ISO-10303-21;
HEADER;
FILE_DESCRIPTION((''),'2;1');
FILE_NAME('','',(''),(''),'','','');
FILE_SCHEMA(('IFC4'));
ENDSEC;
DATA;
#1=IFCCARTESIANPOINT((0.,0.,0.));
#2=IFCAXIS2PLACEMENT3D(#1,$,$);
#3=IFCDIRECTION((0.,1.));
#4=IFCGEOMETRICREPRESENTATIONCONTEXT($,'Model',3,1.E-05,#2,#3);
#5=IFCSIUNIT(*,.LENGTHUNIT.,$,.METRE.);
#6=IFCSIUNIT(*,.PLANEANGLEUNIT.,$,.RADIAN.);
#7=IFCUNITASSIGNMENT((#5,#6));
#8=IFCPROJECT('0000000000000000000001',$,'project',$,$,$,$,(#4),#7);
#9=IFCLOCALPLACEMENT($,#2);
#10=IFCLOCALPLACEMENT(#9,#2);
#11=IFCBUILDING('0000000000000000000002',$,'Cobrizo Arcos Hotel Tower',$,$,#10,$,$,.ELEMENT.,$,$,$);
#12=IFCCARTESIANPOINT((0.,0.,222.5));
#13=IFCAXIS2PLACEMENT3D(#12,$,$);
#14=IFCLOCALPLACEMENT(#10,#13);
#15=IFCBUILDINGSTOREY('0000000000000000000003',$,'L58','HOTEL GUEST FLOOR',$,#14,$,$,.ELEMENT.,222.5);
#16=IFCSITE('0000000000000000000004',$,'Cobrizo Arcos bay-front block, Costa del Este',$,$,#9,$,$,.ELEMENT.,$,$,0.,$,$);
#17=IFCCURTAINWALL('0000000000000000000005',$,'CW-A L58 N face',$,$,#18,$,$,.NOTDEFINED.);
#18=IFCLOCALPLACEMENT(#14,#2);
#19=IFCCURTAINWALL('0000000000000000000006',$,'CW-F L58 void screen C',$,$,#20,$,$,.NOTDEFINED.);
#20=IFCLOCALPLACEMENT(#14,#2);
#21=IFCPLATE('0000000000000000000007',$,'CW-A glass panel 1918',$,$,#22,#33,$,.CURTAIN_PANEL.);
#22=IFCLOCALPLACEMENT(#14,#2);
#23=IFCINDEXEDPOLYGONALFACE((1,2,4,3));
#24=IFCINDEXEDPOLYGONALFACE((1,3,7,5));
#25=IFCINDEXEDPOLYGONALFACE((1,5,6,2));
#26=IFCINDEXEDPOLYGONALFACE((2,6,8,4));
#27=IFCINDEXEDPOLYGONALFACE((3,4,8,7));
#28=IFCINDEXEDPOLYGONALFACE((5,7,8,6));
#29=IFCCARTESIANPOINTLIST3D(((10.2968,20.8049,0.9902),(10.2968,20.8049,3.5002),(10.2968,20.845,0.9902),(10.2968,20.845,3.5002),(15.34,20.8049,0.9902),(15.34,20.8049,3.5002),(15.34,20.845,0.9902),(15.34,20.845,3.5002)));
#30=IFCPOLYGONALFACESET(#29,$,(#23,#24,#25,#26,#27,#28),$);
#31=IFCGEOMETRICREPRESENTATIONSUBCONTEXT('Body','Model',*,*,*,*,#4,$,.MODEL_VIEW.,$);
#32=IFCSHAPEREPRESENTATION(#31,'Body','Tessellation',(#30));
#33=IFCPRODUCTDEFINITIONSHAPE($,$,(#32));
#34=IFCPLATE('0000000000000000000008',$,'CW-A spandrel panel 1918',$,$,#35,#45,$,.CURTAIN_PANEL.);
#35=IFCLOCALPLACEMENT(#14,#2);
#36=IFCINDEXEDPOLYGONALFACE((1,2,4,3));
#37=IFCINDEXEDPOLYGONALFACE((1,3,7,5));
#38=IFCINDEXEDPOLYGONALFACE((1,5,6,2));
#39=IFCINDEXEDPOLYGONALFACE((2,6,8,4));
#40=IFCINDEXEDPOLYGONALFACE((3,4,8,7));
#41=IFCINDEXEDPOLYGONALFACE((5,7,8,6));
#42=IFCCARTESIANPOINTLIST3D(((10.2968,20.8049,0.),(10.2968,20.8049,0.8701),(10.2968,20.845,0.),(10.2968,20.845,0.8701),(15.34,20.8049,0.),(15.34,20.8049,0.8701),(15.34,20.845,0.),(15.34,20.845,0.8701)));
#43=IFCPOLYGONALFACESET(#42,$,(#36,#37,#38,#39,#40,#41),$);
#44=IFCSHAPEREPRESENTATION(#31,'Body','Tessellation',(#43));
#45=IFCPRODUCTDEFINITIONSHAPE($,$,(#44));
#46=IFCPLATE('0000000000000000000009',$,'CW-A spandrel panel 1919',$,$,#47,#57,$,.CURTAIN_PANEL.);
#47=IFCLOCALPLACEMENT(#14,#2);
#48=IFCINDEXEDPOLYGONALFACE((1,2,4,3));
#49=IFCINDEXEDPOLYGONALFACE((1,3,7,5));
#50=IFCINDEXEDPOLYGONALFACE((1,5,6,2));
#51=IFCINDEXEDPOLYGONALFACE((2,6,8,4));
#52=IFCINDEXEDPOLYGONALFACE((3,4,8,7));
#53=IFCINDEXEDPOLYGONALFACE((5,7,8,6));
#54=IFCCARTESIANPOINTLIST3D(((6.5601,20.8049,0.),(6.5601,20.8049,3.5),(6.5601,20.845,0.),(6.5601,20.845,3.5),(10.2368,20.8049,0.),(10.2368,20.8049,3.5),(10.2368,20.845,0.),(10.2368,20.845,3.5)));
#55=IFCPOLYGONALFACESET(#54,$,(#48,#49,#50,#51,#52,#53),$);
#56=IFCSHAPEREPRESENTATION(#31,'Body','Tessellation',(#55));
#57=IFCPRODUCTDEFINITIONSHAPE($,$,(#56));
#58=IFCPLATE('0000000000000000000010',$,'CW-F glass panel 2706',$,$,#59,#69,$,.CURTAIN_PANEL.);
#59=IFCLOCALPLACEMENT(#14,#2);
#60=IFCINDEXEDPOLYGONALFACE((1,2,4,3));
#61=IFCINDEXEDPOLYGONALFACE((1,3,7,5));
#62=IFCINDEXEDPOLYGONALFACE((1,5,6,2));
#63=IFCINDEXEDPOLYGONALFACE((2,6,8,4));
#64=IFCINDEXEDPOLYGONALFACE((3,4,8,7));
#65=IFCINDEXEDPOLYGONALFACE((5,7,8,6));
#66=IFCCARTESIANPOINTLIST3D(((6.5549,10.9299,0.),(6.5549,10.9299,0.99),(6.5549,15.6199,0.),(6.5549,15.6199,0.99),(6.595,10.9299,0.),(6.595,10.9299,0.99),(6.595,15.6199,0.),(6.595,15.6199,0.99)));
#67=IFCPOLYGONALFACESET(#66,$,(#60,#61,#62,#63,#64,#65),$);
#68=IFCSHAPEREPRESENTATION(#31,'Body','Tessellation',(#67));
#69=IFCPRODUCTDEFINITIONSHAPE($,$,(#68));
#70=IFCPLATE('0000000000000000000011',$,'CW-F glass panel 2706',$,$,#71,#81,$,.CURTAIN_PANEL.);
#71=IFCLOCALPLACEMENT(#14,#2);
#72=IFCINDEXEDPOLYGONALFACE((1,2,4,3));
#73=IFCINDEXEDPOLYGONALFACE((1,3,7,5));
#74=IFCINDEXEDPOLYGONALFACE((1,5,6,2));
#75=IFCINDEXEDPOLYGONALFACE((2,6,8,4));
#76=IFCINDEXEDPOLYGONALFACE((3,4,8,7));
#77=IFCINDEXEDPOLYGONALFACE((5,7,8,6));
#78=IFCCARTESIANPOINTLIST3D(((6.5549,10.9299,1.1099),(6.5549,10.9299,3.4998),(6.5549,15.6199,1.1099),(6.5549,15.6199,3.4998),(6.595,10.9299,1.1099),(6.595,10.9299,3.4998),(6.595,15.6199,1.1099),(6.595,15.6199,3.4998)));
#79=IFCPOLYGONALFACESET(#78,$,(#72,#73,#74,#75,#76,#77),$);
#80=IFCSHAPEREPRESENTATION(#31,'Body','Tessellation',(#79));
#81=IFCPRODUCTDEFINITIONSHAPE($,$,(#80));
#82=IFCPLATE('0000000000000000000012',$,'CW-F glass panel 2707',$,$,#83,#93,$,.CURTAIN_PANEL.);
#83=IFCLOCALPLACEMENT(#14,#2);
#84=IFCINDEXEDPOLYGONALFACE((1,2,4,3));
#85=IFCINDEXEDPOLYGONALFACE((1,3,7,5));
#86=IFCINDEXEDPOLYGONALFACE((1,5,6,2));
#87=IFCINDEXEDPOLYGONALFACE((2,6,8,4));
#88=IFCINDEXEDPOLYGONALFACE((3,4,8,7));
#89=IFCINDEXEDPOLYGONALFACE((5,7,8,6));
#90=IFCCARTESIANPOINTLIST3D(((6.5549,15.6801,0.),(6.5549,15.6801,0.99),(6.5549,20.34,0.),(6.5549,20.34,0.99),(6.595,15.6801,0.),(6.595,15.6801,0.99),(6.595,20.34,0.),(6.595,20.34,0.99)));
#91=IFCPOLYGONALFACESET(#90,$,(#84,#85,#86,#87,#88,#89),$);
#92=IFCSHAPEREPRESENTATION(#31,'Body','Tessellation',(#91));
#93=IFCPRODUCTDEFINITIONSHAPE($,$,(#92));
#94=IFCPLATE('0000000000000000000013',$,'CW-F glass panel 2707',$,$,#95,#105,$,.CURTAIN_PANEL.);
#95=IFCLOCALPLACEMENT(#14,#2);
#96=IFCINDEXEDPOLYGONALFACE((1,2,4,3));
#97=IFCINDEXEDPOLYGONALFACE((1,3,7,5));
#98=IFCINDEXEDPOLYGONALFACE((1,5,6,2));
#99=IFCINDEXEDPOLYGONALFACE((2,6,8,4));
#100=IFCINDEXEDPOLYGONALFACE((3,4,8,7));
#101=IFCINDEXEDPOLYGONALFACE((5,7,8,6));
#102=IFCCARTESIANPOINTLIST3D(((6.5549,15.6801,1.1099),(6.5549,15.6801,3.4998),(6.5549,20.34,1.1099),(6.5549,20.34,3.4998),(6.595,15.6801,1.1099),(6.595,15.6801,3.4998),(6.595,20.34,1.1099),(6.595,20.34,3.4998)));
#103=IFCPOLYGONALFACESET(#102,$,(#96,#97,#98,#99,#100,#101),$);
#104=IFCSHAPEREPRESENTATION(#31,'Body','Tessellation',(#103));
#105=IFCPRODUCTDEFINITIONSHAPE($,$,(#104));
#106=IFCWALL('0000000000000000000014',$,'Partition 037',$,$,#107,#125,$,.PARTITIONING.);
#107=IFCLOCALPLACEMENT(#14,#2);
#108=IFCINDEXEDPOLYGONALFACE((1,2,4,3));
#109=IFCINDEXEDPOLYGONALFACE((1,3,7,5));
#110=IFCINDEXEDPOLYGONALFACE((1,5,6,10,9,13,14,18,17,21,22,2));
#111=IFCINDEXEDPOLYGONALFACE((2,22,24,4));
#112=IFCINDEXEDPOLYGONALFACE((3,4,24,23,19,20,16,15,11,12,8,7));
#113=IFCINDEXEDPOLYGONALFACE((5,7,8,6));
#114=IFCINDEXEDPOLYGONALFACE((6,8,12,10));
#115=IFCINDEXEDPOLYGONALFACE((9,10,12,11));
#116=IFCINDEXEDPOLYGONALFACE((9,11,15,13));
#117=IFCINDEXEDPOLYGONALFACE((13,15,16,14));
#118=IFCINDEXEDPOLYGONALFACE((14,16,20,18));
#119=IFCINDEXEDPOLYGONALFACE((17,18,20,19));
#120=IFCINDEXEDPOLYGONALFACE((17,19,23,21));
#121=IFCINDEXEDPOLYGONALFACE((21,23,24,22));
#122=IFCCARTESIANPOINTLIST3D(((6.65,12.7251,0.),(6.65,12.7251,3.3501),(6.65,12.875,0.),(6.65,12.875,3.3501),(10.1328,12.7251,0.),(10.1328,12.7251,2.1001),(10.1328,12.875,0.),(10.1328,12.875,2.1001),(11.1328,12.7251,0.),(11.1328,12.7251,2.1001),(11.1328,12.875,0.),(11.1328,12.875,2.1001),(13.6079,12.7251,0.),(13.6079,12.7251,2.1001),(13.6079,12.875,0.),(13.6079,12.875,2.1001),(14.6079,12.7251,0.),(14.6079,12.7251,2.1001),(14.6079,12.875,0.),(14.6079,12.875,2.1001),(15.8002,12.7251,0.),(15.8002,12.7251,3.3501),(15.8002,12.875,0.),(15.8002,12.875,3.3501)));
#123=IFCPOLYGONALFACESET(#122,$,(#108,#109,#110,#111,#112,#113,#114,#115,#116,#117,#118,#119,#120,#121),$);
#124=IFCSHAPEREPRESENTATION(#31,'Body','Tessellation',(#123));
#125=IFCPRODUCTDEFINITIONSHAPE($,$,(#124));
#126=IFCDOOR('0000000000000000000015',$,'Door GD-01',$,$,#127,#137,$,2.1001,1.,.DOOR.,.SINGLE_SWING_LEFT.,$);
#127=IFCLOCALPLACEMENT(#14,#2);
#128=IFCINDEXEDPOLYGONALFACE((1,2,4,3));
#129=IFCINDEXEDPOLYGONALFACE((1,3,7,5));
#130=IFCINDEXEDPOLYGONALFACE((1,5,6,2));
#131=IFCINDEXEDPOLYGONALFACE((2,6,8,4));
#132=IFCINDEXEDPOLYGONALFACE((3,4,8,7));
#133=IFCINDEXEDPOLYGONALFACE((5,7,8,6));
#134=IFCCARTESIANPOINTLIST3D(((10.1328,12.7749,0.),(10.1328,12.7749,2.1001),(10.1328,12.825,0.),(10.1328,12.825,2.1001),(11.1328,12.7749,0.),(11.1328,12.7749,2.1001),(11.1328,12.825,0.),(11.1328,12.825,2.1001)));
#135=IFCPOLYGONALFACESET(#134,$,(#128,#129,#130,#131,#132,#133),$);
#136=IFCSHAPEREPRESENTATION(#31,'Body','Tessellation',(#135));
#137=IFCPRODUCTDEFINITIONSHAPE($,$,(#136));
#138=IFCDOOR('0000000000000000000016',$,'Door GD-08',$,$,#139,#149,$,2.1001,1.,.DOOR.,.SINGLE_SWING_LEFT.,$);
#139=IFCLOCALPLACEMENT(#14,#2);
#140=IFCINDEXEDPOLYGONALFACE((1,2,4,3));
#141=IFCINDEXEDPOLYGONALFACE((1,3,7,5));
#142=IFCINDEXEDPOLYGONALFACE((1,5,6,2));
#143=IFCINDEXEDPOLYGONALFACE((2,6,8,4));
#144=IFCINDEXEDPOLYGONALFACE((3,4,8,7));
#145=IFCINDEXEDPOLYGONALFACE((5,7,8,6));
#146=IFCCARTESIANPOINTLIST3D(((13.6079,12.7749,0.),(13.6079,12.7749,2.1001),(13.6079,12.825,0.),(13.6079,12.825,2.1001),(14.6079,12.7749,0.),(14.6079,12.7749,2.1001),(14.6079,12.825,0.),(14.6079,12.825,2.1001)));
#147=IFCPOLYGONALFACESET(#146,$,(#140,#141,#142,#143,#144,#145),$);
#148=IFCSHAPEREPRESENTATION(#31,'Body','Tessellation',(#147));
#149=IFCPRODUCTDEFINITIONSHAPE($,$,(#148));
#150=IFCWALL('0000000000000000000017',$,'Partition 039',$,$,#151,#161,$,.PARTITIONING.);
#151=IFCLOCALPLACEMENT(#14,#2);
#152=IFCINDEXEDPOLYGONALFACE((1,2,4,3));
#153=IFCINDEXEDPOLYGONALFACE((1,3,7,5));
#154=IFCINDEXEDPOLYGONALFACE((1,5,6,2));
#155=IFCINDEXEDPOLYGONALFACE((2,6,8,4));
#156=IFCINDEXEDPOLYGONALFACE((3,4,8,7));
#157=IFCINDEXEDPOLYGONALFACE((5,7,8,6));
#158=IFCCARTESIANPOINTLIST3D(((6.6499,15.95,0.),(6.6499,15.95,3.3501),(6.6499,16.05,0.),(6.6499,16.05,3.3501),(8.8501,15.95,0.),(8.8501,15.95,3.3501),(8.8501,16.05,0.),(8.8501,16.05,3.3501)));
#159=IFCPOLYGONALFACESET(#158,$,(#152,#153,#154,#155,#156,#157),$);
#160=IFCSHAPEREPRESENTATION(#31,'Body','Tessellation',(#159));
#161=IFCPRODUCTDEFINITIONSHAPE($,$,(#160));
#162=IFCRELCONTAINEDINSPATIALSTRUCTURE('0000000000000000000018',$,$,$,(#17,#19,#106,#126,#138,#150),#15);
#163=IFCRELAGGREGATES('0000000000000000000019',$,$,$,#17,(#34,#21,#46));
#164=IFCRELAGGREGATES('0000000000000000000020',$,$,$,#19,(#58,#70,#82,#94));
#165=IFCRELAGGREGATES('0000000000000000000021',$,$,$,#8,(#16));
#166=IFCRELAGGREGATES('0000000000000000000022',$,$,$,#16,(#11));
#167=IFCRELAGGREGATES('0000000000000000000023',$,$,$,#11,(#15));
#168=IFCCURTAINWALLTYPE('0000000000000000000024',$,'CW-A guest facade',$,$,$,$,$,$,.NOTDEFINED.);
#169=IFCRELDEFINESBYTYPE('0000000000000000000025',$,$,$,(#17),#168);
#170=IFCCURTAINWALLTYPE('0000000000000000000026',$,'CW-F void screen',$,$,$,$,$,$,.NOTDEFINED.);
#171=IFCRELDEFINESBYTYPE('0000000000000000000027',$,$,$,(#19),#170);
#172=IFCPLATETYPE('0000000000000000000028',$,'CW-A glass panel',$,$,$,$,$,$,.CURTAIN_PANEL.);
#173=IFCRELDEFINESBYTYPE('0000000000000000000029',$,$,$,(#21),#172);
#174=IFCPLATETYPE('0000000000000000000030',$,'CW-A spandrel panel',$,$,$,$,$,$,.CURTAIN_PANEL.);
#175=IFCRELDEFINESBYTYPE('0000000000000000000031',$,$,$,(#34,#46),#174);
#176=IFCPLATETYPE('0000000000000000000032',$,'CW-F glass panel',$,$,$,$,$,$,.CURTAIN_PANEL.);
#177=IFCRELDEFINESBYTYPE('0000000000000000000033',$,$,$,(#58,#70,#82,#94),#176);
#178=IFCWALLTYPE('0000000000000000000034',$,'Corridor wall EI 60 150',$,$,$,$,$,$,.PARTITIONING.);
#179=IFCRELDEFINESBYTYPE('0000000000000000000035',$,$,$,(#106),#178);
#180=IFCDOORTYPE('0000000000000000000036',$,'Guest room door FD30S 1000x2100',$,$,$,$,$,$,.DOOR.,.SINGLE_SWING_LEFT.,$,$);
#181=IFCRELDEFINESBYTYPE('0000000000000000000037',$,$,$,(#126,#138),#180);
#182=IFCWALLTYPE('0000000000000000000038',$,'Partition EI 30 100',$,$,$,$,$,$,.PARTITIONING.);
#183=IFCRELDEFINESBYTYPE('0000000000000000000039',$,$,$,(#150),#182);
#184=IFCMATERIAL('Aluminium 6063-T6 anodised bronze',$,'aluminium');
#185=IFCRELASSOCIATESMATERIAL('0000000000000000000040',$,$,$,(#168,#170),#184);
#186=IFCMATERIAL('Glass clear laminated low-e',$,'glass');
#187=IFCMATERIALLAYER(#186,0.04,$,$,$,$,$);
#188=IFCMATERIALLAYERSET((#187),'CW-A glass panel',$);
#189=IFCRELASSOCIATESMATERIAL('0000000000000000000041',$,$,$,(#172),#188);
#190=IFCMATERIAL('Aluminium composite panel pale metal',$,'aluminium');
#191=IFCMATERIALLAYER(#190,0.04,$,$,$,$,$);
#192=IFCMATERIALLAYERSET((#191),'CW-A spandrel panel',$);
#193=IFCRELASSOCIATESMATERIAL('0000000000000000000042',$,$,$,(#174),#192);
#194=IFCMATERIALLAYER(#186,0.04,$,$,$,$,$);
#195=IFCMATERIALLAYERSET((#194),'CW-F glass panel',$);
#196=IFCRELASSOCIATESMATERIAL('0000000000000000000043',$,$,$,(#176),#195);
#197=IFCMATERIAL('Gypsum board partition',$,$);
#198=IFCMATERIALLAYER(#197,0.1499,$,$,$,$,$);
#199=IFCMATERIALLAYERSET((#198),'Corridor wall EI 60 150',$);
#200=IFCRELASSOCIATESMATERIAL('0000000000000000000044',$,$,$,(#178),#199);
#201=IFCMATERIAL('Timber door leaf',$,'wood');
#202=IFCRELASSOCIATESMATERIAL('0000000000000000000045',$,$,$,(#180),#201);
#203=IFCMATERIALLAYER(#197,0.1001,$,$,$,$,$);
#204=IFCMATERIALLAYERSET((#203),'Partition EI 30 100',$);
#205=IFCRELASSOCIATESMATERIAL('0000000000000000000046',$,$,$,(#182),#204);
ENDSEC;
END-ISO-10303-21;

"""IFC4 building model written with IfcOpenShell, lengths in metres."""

from ifc_helpers import new_model, si_unit, direction, frame, frame_2d, origin, origin_2d, place, context, subcontext, project, spatial, rectangle, extrude, material, layer, layer_set, type_object, element, fill, aggregate, save


model = new_model("IFC4")

# Units and contexts
model_context = context("Model", 3, precision=1e-05, world=origin(), true_north=direction((0.0, 1.0)))
body_context = subcontext(model_context, "Body", "Model", "MODEL_VIEW")
ifc_project = project(units=[si_unit("LENGTHUNIT", "METRE"), si_unit("PLANEANGLEUNIT", "RADIAN")], contexts=[model_context])

# Site, building, storey
site_placement = place(None, origin())
site = spatial("IfcSite", under=ifc_project, at=site_placement, Name="Cobrizo Arcos bay-front block, Costa del Este", CompositionType="ELEMENT", RefElevation=0.0)
building_placement = place(site_placement, origin())
building = spatial("IfcBuilding", under=site, at=building_placement, Name="Cobrizo Arcos Hotel Tower", CompositionType="ELEMENT")
storey_placement = place(building_placement, frame((0.0, 0.0, 222.5)))
storey = spatial("IfcBuildingStorey", under=building, at=storey_placement, Name="L58", Description="HOTEL GUEST FLOOR", CompositionType="ELEMENT", Elevation=222.5)

# Curtain walls
ifc_material_1 = material(Name="Aluminium 6063-T6 anodised bronze", Category="aluminium")
curtain_wall_type_1 = type_object("IfcCurtainWallType", Name="CW-A guest facade", PredefinedType="NOTDEFINED", material=ifc_material_1)
curtain_wall_1_placement = place(storey_placement, origin())
curtain_wall_1 = element("IfcCurtainWall", 1, at=curtain_wall_1_placement, inside=storey, type_object=curtain_wall_type_1, Name="CW-A L58 N face", PredefinedType="NOTDEFINED")
curtain_wall_type_2 = type_object("IfcCurtainWallType", Name="CW-F void screen", PredefinedType="NOTDEFINED", material=ifc_material_1)
curtain_wall_2_placement = place(storey_placement, origin())
curtain_wall_2 = element("IfcCurtainWall", 2, at=curtain_wall_2_placement, inside=storey, type_object=curtain_wall_type_2, Name="CW-F L58 void screen C", PredefinedType="NOTDEFINED")

# Plates
ifc_material_2 = material(Name="Glass clear laminated low-e", Category="glass")
ifc_layer_1 = layer(ifc_material_2, 0.04)
ifc_layer_set_1 = layer_set([ifc_layer_1], Name="CW-A glass panel")
plate_type_1 = type_object("IfcPlateType", Name="CW-A glass panel", PredefinedType="CURTAIN_PANEL", material=ifc_layer_set_1)
plate_1_placement = place(storey_placement, frame((12.8184, 20.825, 0.9902), z_axis=(0.0, 0.0, 1.0), x_axis=(-1.0, 0.0, 0.0)))
plate_1 = element("IfcPlate", 3, at=plate_1_placement, type_object=plate_type_1, Name="CW-A glass panel 1918", PredefinedType="CURTAIN_PANEL", context=body_context, shape_type="SweptSolid", body=[
    extrude(rectangle(XDim=5.0432, YDim=0.04, at=origin_2d()), origin(), (0.0, 0.0, 1.0), 2.51),
])
ifc_material_3 = material(Name="Aluminium composite panel pale metal", Category="aluminium")
ifc_layer_2 = layer(ifc_material_3, 0.04)
ifc_layer_set_2 = layer_set([ifc_layer_2], Name="CW-A spandrel panel")
plate_type_2 = type_object("IfcPlateType", Name="CW-A spandrel panel", PredefinedType="CURTAIN_PANEL", material=ifc_layer_set_2)
plate_2_placement = place(storey_placement, frame((12.8184, 20.825, 0.0), z_axis=(0.0, 0.0, 1.0), x_axis=(-1.0, 0.0, 0.0)))
plate_2 = element("IfcPlate", 4, at=plate_2_placement, type_object=plate_type_2, Name="CW-A spandrel panel 1918", PredefinedType="CURTAIN_PANEL", context=body_context, shape_type="SweptSolid", body=[
    extrude(rectangle(XDim=5.0432, YDim=0.04, at=origin_2d()), origin(), (0.0, 0.0, 1.0), 0.8701),
])
plate_3_placement = place(storey_placement, frame((8.3984, 20.825, 0.0), z_axis=(0.0, 0.0, 1.0), x_axis=(-1.0, 0.0, 0.0)))
plate_3 = element("IfcPlate", 5, at=plate_3_placement, type_object=plate_type_2, Name="CW-A spandrel panel 1919", PredefinedType="CURTAIN_PANEL", context=body_context, shape_type="SweptSolid", body=[
    extrude(rectangle(XDim=3.6768, YDim=0.04, at=origin_2d()), origin(), (0.0, 0.0, 1.0), 3.5),
])
aggregate(curtain_wall_1, [plate_2, plate_1, plate_3])
ifc_layer_3 = layer(ifc_material_2, 0.04)
ifc_layer_set_3 = layer_set([ifc_layer_3], Name="CW-F glass panel")
plate_type_3 = type_object("IfcPlateType", Name="CW-F glass panel", PredefinedType="CURTAIN_PANEL", material=ifc_layer_set_3)
plate_4_placement = place(storey_placement, frame((6.575, 13.2749, 0.0), z_axis=(0.0, 0.0, 1.0), x_axis=(0.0, 1.0, 0.0)))
plate_4 = element("IfcPlate", 6, at=plate_4_placement, type_object=plate_type_3, Name="CW-F glass panel 2706", PredefinedType="CURTAIN_PANEL", context=body_context, shape_type="SweptSolid", body=[
    extrude(rectangle(XDim=4.6899, YDim=0.04, at=origin_2d()), origin(), (0.0, 0.0, 1.0), 0.99),
])
plate_5_placement = place(storey_placement, frame((6.575, 13.2749, 1.1099), z_axis=(0.0, 0.0, 1.0), x_axis=(0.0, 1.0, 0.0)))
plate_5 = element("IfcPlate", 7, at=plate_5_placement, type_object=plate_type_3, Name="CW-F glass panel 2706", PredefinedType="CURTAIN_PANEL", context=body_context, shape_type="SweptSolid", body=[
    extrude(rectangle(XDim=4.6899, YDim=0.04, at=origin_2d()), origin(), (0.0, 0.0, 1.0), 2.3899),
])
plate_6_placement = place(storey_placement, frame((6.575, 18.01, 0.0), z_axis=(0.0, 0.0, 1.0), x_axis=(0.0, 1.0, 0.0)))
plate_6 = element("IfcPlate", 8, at=plate_6_placement, type_object=plate_type_3, Name="CW-F glass panel 2707", PredefinedType="CURTAIN_PANEL", context=body_context, shape_type="SweptSolid", body=[
    extrude(rectangle(XDim=4.6599, YDim=0.04, at=origin_2d()), origin(), (0.0, 0.0, 1.0), 0.99),
])
plate_7_placement = place(storey_placement, frame((6.575, 18.01, 1.1099), z_axis=(0.0, 0.0, 1.0), x_axis=(0.0, 1.0, 0.0)))
plate_7 = element("IfcPlate", 9, at=plate_7_placement, type_object=plate_type_3, Name="CW-F glass panel 2707", PredefinedType="CURTAIN_PANEL", context=body_context, shape_type="SweptSolid", body=[
    extrude(rectangle(XDim=4.6599, YDim=0.04, at=origin_2d()), origin(), (0.0, 0.0, 1.0), 2.3899),
])
aggregate(curtain_wall_2, [plate_4, plate_5, plate_6, plate_7])

# Wall, openings, doors
ifc_material_4 = material(Name="Gypsum board partition")
ifc_layer_4 = layer(ifc_material_4, 0.1499)
ifc_layer_set_4 = layer_set([ifc_layer_4], Name="Corridor wall EI 60 150")
wall_type_1 = type_object("IfcWallType", Name="Corridor wall EI 60 150", PredefinedType="PARTITIONING", material=ifc_layer_set_4)
wall_1_placement = place(storey_placement, frame((6.6499, 12.8, 0.0), z_axis=(0.0, 0.0, 1.0), x_axis=(1.0, 0.0, 0.0)))
wall_1 = element("IfcWall", 10, at=wall_1_placement, inside=storey, type_object=wall_type_1, Name="Partition 037", PredefinedType="PARTITIONING", context=body_context, shape_type="SweptSolid", body=[
    extrude(rectangle(XDim=9.1501, YDim=0.1499, at=frame_2d((4.5752, 0.0))), origin(), (0.0, 0.0, 1.0), 3.3501),
])
opening_1_placement = place(wall_1_placement, frame((3.4829, 0.0, 0.0)))
opening_1 = element("IfcOpeningElement", 11, at=opening_1_placement, cuts=wall_1, PredefinedType="OPENING", context=body_context, shape_type="SweptSolid", body=[
    extrude(rectangle(XDim=1.0, YDim=2.1001, at=frame_2d((0.5, 1.05))), frame((0.0, 0.0869, 0.0), z_axis=(0.0, -1.0, 0.0), x_axis=(1.0, 0.0, 0.0)), (0.0, 0.0, 1.0), 0.1738),
])
opening_2_placement = place(wall_1_placement, frame((6.958, 0.0, 0.0)))
opening_2 = element("IfcOpeningElement", 12, at=opening_2_placement, cuts=wall_1, PredefinedType="OPENING", context=body_context, shape_type="SweptSolid", body=[
    extrude(rectangle(XDim=1.0, YDim=2.1001, at=frame_2d((0.5, 1.05))), frame((0.0, 0.0869, 0.0), z_axis=(0.0, -1.0, 0.0), x_axis=(1.0, 0.0, 0.0)), (0.0, 0.0, 1.0), 0.1738),
])
ifc_material_5 = material(Name="Timber door leaf", Category="wood")
door_type_1 = type_object("IfcDoorType", Name="Guest room door FD30S 1000x2100", OperationType="SINGLE_SWING_LEFT", PredefinedType="DOOR", material=ifc_material_5)
door_1_placement = place(opening_1_placement, origin())
door_1 = element("IfcDoor", 13, at=door_1_placement, inside=storey, type_object=door_type_1, Name="Door GD-01", OperationType="SINGLE_SWING_LEFT", OverallHeight=2.1001, OverallWidth=1.0, PredefinedType="DOOR", context=body_context, shape_type="SweptSolid", body=[
    extrude(rectangle(XDim=1.0, YDim=2.1001, at=frame_2d((0.5, 1.05))), frame((0.0, 0.0249, 0.0), z_axis=(0.0, -1.0, 0.0), x_axis=(1.0, 0.0, 0.0)), (0.0, 0.0, 1.0), 0.05),
])
fill(opening_1, door_1)
door_2_placement = place(opening_2_placement, origin())
door_2 = element("IfcDoor", 14, at=door_2_placement, inside=storey, type_object=door_type_1, Name="Door GD-08", OperationType="SINGLE_SWING_LEFT", OverallHeight=2.1001, OverallWidth=1.0, PredefinedType="DOOR", context=body_context, shape_type="SweptSolid", body=[
    extrude(rectangle(XDim=1.0, YDim=2.1001, at=frame_2d((0.5, 1.05))), frame((0.0, 0.0249, 0.0), z_axis=(0.0, -1.0, 0.0), x_axis=(1.0, 0.0, 0.0)), (0.0, 0.0, 1.0), 0.05),
])
fill(opening_2, door_2)

# Wall
ifc_layer_5 = layer(ifc_material_4, 0.1001)
ifc_layer_set_5 = layer_set([ifc_layer_5], Name="Partition EI 30 100")
wall_type_2 = type_object("IfcWallType", Name="Partition EI 30 100", PredefinedType="PARTITIONING", material=ifc_layer_set_5)
wall_2_placement = place(storey_placement, frame((6.6499, 16.0, 0.0), z_axis=(0.0, 0.0, 1.0), x_axis=(1.0, 0.0, 0.0)))
element("IfcWall", 15, at=wall_2_placement, inside=storey, type_object=wall_type_2, Name="Partition 039", PredefinedType="PARTITIONING", context=body_context, shape_type="SweptSolid", body=[
    extrude(rectangle(XDim=2.2002, YDim=0.1001, at=frame_2d((1.1001, 0.0))), origin(), (0.0, 0.0, 1.0), 3.3501),
])

save(model, "model.ifc")
